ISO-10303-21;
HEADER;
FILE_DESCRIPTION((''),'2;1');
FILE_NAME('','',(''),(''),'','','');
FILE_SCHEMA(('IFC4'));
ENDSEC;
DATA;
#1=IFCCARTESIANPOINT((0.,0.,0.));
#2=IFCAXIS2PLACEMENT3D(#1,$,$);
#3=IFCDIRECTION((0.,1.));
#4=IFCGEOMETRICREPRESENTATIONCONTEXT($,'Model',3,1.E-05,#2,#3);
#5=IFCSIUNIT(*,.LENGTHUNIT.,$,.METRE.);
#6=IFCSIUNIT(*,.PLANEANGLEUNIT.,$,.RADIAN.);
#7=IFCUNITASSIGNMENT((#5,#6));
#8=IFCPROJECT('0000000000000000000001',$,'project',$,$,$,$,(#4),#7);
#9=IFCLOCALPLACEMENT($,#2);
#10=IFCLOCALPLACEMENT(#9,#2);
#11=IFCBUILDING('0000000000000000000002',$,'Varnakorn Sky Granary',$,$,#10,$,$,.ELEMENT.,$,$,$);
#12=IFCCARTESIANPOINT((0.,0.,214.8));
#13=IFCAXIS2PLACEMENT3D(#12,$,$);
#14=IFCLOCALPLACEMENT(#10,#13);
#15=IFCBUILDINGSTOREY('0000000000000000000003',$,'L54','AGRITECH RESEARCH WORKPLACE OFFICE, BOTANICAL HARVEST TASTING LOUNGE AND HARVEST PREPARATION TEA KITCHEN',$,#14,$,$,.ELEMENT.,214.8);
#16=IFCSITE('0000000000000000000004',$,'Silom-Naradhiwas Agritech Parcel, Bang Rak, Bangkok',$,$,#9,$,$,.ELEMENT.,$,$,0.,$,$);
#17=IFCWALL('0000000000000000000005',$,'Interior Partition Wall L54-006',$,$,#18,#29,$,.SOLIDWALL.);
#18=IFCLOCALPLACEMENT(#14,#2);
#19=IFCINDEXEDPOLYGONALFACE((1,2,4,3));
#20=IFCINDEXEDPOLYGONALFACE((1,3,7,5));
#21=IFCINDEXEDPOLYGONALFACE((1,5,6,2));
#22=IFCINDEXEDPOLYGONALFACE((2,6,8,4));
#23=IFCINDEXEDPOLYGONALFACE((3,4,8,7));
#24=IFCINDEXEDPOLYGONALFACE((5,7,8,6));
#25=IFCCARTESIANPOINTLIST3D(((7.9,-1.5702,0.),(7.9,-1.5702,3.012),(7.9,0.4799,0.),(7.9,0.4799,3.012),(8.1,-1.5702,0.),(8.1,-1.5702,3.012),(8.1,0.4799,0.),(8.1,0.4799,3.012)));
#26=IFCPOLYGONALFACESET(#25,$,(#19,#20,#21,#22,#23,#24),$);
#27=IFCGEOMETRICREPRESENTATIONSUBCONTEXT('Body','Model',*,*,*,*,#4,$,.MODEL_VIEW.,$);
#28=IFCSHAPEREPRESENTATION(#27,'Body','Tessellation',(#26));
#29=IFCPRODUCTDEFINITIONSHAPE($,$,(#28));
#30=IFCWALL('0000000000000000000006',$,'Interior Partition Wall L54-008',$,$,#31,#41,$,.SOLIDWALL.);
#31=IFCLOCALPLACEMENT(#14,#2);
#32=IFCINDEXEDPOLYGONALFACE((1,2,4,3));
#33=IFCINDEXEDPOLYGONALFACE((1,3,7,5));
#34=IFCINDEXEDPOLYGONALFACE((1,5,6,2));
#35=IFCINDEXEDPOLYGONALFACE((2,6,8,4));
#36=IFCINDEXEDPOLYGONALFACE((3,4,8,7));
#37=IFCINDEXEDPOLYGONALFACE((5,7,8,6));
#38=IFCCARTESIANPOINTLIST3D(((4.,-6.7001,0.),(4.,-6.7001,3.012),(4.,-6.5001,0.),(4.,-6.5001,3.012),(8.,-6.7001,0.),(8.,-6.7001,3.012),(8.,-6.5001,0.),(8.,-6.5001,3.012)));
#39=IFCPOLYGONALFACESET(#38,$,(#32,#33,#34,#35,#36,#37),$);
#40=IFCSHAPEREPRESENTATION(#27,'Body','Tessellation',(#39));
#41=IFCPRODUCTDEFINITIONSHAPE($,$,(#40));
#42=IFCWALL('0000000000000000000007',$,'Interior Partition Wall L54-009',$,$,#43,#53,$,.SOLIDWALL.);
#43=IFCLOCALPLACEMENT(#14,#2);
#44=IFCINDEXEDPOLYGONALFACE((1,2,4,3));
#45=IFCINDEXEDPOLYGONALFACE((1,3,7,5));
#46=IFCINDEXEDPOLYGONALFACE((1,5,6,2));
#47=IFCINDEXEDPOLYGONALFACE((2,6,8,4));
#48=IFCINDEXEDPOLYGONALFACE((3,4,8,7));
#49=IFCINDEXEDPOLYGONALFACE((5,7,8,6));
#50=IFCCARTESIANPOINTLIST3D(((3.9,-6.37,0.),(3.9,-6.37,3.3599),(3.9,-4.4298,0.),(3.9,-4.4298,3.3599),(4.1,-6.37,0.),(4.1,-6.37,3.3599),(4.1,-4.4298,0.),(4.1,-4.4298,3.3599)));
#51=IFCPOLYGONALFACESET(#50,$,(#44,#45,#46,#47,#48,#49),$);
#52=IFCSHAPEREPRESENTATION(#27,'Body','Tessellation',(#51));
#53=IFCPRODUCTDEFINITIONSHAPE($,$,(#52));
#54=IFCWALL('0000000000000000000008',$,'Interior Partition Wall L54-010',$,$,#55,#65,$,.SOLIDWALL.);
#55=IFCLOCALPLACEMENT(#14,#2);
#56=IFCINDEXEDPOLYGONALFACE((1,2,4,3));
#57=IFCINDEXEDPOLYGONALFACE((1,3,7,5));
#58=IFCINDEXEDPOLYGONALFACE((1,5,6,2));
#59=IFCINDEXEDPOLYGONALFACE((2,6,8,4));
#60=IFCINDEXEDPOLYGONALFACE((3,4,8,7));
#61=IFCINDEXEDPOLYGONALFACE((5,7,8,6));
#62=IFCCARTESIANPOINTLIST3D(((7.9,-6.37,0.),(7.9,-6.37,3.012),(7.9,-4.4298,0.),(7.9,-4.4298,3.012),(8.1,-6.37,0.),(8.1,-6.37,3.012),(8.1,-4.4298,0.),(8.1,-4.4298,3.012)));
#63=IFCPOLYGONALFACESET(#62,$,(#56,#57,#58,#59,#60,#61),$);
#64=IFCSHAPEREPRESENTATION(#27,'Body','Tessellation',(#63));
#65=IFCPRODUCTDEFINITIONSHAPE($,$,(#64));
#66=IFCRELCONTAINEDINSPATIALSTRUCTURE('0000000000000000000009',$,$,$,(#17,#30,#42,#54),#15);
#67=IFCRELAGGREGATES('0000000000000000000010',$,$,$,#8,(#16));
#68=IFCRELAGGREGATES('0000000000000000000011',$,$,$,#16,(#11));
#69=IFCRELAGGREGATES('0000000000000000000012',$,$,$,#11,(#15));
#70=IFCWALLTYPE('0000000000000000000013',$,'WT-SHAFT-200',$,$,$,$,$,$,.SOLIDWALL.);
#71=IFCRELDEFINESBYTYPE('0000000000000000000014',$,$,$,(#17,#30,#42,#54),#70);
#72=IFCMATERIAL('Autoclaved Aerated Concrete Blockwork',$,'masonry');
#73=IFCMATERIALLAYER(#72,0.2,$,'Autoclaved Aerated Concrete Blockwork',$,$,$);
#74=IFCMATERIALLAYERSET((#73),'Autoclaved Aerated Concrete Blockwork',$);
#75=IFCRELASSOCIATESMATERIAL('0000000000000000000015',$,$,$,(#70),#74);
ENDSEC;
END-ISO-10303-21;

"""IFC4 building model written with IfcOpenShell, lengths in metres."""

from ifc_helpers import new_model, si_unit, direction, frame, frame_2d, origin, place, context, subcontext, project, spatial, rectangle, extrude, material, layer, layer_set, type_object, element, save


model = new_model("IFC4")

# Units and contexts
model_context = context("Model", 3, precision=1e-05, world=origin(), true_north=direction((0.0, 1.0)))
body_context = subcontext(model_context, "Body", "Model", "MODEL_VIEW")
ifc_project = project(units=[si_unit("LENGTHUNIT", "METRE"), si_unit("PLANEANGLEUNIT", "RADIAN")], contexts=[model_context])

# Site, building, storey
site_placement = place(None, origin())
site = spatial("IfcSite", under=ifc_project, at=site_placement, Name="Silom-Naradhiwas Agritech Parcel, Bang Rak, Bangkok", CompositionType="ELEMENT", RefElevation=0.0)
building_placement = place(site_placement, origin())
building = spatial("IfcBuilding", under=site, at=building_placement, Name="Varnakorn Sky Granary", CompositionType="ELEMENT")
storey_placement = place(building_placement, frame((0.0, 0.0, 214.8)))
storey = spatial("IfcBuildingStorey", under=building, at=storey_placement, Name="L54", Description="AGRITECH RESEARCH WORKPLACE OFFICE, BOTANICAL HARVEST TASTING LOUNGE AND HARVEST PREPARATION TEA KITCHEN", CompositionType="ELEMENT", Elevation=214.8)

# Shared definitions
ifc_material_1 = material(Name="Autoclaved Aerated Concrete Blockwork", Category="masonry")

# Walls
ifc_layer_1 = layer(ifc_material_1, 0.2, Name="Autoclaved Aerated Concrete Blockwork")
ifc_layer_set_1 = layer_set([ifc_layer_1], Name="Autoclaved Aerated Concrete Blockwork")
wall_type_1 = type_object("IfcWallType", Name="WT-SHAFT-200", PredefinedType="SOLIDWALL", material=ifc_layer_set_1)
wall_1_placement = place(storey_placement, frame((8.0, -1.5701, 0.0), z_axis=(0.0, 0.0, 1.0), x_axis=(0.0, 1.0, 0.0)))
element("IfcWall", 1, at=wall_1_placement, inside=storey, type_object=wall_type_1, Name="Interior Partition Wall L54-006", PredefinedType="SOLIDWALL", context=body_context, shape_type="SweptSolid", body=[
    extrude(rectangle(XDim=2.05, YDim=0.2, at=frame_2d((1.0249, 0.0))), origin(), (0.0, 0.0, 1.0), 3.012),
])
wall_2_placement = place(storey_placement, frame((4.0, -6.6001, 0.0), z_axis=(0.0, 0.0, 1.0), x_axis=(1.0, 0.0, 0.0)))
element("IfcWall", 2, at=wall_2_placement, inside=storey, type_object=wall_type_1, Name="Interior Partition Wall L54-008", PredefinedType="SOLIDWALL", context=body_context, shape_type="SweptSolid", body=[
    extrude(rectangle(XDim=4.0, YDim=0.2, at=frame_2d((2.0, 0.0))), origin(), (0.0, 0.0, 1.0), 3.012),
])
wall_3_placement = place(storey_placement, frame((4.0, -6.3701, 0.0), z_axis=(0.0, 0.0, 1.0), x_axis=(0.0, 1.0, 0.0)))
element("IfcWall", 3, at=wall_3_placement, inside=storey, type_object=wall_type_1, Name="Interior Partition Wall L54-009", PredefinedType="SOLIDWALL", context=body_context, shape_type="SweptSolid", body=[
    extrude(rectangle(XDim=1.9402, YDim=0.2, at=frame_2d((0.9702, 0.0))), origin(), (0.0, 0.0, 1.0), 3.3599),
])
wall_4_placement = place(storey_placement, frame((8.0, -6.3701, 0.0), z_axis=(0.0, 0.0, 1.0), x_axis=(0.0, 1.0, 0.0)))
element("IfcWall", 4, at=wall_4_placement, inside=storey, type_object=wall_type_1, Name="Interior Partition Wall L54-010", PredefinedType="SOLIDWALL", context=body_context, shape_type="SweptSolid", body=[
    extrude(rectangle(XDim=1.9402, YDim=0.2, at=frame_2d((0.9702, 0.0))), origin(), (0.0, 0.0, 1.0), 3.012),
])

save(model, "model.ifc")
